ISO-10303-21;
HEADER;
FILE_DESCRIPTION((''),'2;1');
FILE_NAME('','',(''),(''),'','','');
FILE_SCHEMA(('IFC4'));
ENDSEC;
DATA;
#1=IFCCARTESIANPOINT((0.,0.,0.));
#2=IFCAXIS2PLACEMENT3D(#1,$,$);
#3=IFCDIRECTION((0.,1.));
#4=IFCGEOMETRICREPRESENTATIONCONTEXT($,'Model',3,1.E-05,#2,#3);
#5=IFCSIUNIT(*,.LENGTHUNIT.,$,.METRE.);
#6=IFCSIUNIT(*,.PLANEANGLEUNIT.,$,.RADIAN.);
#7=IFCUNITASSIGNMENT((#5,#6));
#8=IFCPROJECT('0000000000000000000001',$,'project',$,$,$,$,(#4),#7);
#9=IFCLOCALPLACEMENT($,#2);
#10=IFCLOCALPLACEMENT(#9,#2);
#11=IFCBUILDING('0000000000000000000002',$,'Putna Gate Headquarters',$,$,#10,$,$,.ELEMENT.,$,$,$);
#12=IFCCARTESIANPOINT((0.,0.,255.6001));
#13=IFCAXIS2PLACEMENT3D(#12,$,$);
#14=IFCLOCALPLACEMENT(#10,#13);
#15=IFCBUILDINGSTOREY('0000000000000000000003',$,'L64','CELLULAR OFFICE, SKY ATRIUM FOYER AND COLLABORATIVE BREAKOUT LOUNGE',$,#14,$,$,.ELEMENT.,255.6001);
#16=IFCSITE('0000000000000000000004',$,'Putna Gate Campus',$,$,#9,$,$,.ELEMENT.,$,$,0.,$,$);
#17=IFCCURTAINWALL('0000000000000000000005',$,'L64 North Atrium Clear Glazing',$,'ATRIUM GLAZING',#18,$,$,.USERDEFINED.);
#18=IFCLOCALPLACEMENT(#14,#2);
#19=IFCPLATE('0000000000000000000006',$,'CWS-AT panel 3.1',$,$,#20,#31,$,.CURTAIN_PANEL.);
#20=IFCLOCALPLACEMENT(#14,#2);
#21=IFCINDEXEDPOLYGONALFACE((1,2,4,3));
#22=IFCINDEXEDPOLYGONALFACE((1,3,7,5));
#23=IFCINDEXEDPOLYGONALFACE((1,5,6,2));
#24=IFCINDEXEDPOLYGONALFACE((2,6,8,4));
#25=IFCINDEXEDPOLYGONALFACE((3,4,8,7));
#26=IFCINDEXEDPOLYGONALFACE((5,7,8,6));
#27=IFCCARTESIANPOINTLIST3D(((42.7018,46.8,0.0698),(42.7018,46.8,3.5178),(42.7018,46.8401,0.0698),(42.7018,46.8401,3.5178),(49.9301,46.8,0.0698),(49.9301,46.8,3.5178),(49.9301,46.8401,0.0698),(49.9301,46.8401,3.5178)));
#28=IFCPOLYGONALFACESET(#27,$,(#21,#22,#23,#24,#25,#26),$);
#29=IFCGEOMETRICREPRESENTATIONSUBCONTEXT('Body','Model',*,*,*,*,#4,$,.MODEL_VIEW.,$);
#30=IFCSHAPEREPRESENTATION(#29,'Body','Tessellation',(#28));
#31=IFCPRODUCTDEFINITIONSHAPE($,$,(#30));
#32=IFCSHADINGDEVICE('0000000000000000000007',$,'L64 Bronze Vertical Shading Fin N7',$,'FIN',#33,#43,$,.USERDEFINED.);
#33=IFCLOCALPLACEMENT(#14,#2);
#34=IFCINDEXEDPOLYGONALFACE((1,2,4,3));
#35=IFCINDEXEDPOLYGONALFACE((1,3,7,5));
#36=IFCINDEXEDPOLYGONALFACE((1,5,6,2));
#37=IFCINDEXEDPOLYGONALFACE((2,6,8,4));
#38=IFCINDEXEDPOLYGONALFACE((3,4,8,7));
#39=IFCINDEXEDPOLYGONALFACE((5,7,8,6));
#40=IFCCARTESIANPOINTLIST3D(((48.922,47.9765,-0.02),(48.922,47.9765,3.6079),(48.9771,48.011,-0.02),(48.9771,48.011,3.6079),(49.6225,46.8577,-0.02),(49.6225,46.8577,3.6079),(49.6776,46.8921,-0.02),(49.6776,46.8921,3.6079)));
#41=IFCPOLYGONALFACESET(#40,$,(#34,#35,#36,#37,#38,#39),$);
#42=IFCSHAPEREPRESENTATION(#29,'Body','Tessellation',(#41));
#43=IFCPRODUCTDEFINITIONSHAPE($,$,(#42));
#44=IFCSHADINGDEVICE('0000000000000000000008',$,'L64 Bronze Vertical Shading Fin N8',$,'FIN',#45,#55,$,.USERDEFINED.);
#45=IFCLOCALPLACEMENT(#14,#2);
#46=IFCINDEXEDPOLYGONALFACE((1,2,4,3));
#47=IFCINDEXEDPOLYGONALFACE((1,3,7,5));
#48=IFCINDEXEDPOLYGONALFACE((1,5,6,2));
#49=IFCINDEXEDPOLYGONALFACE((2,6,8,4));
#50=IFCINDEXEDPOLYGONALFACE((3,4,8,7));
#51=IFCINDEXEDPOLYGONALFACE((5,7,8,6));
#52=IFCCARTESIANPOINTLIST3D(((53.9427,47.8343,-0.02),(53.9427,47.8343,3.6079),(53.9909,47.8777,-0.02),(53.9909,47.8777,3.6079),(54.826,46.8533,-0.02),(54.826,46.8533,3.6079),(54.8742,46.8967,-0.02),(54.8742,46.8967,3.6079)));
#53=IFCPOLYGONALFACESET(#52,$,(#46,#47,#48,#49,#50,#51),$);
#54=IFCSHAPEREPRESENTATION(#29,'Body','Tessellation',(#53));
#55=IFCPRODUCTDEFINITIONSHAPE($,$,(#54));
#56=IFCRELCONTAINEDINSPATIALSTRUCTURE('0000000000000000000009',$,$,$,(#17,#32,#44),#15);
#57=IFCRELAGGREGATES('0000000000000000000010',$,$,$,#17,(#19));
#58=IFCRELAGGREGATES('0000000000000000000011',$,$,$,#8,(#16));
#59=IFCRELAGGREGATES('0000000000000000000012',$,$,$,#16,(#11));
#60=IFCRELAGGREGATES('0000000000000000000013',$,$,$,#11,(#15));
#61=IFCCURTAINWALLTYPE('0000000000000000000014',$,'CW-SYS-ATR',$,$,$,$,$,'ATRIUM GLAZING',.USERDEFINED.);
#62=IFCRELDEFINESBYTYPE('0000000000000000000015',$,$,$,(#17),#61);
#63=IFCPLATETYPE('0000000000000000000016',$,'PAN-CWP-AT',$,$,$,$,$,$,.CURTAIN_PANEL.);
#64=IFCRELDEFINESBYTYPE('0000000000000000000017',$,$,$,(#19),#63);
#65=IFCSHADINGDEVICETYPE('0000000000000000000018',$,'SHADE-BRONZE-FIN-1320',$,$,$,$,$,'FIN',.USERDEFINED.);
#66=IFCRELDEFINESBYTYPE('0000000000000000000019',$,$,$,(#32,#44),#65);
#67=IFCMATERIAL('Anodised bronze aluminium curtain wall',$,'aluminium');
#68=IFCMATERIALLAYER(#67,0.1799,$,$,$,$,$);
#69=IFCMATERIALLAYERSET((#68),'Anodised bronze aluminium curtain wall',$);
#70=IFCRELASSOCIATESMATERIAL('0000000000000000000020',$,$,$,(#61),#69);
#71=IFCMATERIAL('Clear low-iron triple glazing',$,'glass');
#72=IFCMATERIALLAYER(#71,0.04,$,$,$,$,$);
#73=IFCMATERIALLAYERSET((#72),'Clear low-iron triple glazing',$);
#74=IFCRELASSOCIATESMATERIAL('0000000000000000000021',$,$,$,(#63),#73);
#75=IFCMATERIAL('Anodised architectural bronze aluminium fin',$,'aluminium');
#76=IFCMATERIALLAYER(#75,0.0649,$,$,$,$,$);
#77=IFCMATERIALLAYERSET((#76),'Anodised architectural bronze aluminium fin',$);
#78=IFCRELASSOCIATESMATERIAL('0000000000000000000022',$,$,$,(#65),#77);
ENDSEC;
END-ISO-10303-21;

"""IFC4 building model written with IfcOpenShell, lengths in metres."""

from ifc_helpers import new_model, si_unit, direction, frame, origin, origin_2d, place, context, subcontext, project, spatial, rectangle, extrude, material, layer, layer_set, type_object, element, aggregate, save


model = new_model("IFC4")

# Units and contexts
model_context = context("Model", 3, precision=1e-05, world=origin(), true_north=direction((0.0, 1.0)))
body_context = subcontext(model_context, "Body", "Model", "MODEL_VIEW")
ifc_project = project(units=[si_unit("LENGTHUNIT", "METRE"), si_unit("PLANEANGLEUNIT", "RADIAN")], contexts=[model_context])

# Site, building, storey
site_placement = place(None, origin())
site = spatial("IfcSite", under=ifc_project, at=site_placement, Name="Putna Gate Campus", CompositionType="ELEMENT", RefElevation=0.0)
building_placement = place(site_placement, origin())
building = spatial("IfcBuilding", under=site, at=building_placement, Name="Putna Gate Headquarters", CompositionType="ELEMENT")
storey_placement = place(building_placement, frame((0.0, 0.0, 255.6001)))
storey = spatial("IfcBuildingStorey", under=building, at=storey_placement, Name="L64", Description="CELLULAR OFFICE, SKY ATRIUM FOYER AND COLLABORATIVE BREAKOUT LOUNGE", CompositionType="ELEMENT", Elevation=255.6001)

# Shared definitions
ifc_material_1 = material(Name="Anodised bronze aluminium curtain wall", Category="aluminium")

# Curtain wall
ifc_layer_1 = layer(ifc_material_1, 0.1799)
ifc_layer_set_1 = layer_set([ifc_layer_1], Name="Anodised bronze aluminium curtain wall")
curtain_wall_type_1 = type_object("IfcCurtainWallType", Name="CW-SYS-ATR", ElementType="ATRIUM GLAZING", PredefinedType="USERDEFINED", material=ifc_layer_set_1)
curtain_wall_1_placement = place(storey_placement, origin())
curtain_wall_1 = element("IfcCurtainWall", 1, at=curtain_wall_1_placement, inside=storey, type_object=curtain_wall_type_1, Name="L64 North Atrium Clear Glazing", ObjectType="ATRIUM GLAZING", PredefinedType="USERDEFINED")

# Plate
ifc_material_2 = material(Name="Clear low-iron triple glazing", Category="glass")
ifc_layer_2 = layer(ifc_material_2, 0.04)
ifc_layer_set_2 = layer_set([ifc_layer_2], Name="Clear low-iron triple glazing")
plate_type_1 = type_object("IfcPlateType", Name="PAN-CWP-AT", PredefinedType="CURTAIN_PANEL", material=ifc_layer_set_2)
plate_1_placement = place(storey_placement, frame((46.3159, 46.8201, 0.0698), z_axis=(0.0, 0.0, 1.0), x_axis=(1.0, 0.0, 0.0)))
plate_1 = element("IfcPlate", 2, at=plate_1_placement, type_object=plate_type_1, Name="CWS-AT panel 3.1", PredefinedType="CURTAIN_PANEL", context=body_context, shape_type="SweptSolid", body=[
    extrude(rectangle(XDim=7.2283, YDim=0.04, at=origin_2d()), origin(), (0.0, 0.0, 1.0), 3.448),
])
aggregate(curtain_wall_1, [plate_1])

# Shading devices
ifc_material_3 = material(Name="Anodised architectural bronze aluminium fin", Category="aluminium")
ifc_layer_3 = layer(ifc_material_3, 0.0649)
ifc_layer_set_3 = layer_set([ifc_layer_3], Name="Anodised architectural bronze aluminium fin")
shading_device_type = type_object("IfcShadingDeviceType", Name="SHADE-BRONZE-FIN-1320", ElementType="FIN", PredefinedType="USERDEFINED", material=ifc_layer_set_3)
for number, where, z_axis, x_axis, name in (
    (3, (49.2998, 47.4343, -0.02), (0.0, 0.0, 1.0), (-0.530659, 0.847585, 0.0), "L64 Bronze Vertical Shading Fin N7"),
    (4, (54.4084, 47.3655, -0.02), (0.0, 0.0, 1.0), (-0.669131, 0.743145, 0.0), "L64 Bronze Vertical Shading Fin N8"),
):
    element("IfcShadingDevice", number, at=place(storey_placement, frame(where, z_axis=z_axis, x_axis=x_axis)), inside=storey, type_object=shading_device_type, Name=name, ObjectType="FIN", PredefinedType="USERDEFINED", context=body_context, shape_type="SweptSolid", body=[
        extrude(rectangle(XDim=1.3201, YDim=0.0649, at=origin_2d()), origin(), (0.0, 0.0, 1.0), 3.6279),
    ])

save(model, "model.ifc")
